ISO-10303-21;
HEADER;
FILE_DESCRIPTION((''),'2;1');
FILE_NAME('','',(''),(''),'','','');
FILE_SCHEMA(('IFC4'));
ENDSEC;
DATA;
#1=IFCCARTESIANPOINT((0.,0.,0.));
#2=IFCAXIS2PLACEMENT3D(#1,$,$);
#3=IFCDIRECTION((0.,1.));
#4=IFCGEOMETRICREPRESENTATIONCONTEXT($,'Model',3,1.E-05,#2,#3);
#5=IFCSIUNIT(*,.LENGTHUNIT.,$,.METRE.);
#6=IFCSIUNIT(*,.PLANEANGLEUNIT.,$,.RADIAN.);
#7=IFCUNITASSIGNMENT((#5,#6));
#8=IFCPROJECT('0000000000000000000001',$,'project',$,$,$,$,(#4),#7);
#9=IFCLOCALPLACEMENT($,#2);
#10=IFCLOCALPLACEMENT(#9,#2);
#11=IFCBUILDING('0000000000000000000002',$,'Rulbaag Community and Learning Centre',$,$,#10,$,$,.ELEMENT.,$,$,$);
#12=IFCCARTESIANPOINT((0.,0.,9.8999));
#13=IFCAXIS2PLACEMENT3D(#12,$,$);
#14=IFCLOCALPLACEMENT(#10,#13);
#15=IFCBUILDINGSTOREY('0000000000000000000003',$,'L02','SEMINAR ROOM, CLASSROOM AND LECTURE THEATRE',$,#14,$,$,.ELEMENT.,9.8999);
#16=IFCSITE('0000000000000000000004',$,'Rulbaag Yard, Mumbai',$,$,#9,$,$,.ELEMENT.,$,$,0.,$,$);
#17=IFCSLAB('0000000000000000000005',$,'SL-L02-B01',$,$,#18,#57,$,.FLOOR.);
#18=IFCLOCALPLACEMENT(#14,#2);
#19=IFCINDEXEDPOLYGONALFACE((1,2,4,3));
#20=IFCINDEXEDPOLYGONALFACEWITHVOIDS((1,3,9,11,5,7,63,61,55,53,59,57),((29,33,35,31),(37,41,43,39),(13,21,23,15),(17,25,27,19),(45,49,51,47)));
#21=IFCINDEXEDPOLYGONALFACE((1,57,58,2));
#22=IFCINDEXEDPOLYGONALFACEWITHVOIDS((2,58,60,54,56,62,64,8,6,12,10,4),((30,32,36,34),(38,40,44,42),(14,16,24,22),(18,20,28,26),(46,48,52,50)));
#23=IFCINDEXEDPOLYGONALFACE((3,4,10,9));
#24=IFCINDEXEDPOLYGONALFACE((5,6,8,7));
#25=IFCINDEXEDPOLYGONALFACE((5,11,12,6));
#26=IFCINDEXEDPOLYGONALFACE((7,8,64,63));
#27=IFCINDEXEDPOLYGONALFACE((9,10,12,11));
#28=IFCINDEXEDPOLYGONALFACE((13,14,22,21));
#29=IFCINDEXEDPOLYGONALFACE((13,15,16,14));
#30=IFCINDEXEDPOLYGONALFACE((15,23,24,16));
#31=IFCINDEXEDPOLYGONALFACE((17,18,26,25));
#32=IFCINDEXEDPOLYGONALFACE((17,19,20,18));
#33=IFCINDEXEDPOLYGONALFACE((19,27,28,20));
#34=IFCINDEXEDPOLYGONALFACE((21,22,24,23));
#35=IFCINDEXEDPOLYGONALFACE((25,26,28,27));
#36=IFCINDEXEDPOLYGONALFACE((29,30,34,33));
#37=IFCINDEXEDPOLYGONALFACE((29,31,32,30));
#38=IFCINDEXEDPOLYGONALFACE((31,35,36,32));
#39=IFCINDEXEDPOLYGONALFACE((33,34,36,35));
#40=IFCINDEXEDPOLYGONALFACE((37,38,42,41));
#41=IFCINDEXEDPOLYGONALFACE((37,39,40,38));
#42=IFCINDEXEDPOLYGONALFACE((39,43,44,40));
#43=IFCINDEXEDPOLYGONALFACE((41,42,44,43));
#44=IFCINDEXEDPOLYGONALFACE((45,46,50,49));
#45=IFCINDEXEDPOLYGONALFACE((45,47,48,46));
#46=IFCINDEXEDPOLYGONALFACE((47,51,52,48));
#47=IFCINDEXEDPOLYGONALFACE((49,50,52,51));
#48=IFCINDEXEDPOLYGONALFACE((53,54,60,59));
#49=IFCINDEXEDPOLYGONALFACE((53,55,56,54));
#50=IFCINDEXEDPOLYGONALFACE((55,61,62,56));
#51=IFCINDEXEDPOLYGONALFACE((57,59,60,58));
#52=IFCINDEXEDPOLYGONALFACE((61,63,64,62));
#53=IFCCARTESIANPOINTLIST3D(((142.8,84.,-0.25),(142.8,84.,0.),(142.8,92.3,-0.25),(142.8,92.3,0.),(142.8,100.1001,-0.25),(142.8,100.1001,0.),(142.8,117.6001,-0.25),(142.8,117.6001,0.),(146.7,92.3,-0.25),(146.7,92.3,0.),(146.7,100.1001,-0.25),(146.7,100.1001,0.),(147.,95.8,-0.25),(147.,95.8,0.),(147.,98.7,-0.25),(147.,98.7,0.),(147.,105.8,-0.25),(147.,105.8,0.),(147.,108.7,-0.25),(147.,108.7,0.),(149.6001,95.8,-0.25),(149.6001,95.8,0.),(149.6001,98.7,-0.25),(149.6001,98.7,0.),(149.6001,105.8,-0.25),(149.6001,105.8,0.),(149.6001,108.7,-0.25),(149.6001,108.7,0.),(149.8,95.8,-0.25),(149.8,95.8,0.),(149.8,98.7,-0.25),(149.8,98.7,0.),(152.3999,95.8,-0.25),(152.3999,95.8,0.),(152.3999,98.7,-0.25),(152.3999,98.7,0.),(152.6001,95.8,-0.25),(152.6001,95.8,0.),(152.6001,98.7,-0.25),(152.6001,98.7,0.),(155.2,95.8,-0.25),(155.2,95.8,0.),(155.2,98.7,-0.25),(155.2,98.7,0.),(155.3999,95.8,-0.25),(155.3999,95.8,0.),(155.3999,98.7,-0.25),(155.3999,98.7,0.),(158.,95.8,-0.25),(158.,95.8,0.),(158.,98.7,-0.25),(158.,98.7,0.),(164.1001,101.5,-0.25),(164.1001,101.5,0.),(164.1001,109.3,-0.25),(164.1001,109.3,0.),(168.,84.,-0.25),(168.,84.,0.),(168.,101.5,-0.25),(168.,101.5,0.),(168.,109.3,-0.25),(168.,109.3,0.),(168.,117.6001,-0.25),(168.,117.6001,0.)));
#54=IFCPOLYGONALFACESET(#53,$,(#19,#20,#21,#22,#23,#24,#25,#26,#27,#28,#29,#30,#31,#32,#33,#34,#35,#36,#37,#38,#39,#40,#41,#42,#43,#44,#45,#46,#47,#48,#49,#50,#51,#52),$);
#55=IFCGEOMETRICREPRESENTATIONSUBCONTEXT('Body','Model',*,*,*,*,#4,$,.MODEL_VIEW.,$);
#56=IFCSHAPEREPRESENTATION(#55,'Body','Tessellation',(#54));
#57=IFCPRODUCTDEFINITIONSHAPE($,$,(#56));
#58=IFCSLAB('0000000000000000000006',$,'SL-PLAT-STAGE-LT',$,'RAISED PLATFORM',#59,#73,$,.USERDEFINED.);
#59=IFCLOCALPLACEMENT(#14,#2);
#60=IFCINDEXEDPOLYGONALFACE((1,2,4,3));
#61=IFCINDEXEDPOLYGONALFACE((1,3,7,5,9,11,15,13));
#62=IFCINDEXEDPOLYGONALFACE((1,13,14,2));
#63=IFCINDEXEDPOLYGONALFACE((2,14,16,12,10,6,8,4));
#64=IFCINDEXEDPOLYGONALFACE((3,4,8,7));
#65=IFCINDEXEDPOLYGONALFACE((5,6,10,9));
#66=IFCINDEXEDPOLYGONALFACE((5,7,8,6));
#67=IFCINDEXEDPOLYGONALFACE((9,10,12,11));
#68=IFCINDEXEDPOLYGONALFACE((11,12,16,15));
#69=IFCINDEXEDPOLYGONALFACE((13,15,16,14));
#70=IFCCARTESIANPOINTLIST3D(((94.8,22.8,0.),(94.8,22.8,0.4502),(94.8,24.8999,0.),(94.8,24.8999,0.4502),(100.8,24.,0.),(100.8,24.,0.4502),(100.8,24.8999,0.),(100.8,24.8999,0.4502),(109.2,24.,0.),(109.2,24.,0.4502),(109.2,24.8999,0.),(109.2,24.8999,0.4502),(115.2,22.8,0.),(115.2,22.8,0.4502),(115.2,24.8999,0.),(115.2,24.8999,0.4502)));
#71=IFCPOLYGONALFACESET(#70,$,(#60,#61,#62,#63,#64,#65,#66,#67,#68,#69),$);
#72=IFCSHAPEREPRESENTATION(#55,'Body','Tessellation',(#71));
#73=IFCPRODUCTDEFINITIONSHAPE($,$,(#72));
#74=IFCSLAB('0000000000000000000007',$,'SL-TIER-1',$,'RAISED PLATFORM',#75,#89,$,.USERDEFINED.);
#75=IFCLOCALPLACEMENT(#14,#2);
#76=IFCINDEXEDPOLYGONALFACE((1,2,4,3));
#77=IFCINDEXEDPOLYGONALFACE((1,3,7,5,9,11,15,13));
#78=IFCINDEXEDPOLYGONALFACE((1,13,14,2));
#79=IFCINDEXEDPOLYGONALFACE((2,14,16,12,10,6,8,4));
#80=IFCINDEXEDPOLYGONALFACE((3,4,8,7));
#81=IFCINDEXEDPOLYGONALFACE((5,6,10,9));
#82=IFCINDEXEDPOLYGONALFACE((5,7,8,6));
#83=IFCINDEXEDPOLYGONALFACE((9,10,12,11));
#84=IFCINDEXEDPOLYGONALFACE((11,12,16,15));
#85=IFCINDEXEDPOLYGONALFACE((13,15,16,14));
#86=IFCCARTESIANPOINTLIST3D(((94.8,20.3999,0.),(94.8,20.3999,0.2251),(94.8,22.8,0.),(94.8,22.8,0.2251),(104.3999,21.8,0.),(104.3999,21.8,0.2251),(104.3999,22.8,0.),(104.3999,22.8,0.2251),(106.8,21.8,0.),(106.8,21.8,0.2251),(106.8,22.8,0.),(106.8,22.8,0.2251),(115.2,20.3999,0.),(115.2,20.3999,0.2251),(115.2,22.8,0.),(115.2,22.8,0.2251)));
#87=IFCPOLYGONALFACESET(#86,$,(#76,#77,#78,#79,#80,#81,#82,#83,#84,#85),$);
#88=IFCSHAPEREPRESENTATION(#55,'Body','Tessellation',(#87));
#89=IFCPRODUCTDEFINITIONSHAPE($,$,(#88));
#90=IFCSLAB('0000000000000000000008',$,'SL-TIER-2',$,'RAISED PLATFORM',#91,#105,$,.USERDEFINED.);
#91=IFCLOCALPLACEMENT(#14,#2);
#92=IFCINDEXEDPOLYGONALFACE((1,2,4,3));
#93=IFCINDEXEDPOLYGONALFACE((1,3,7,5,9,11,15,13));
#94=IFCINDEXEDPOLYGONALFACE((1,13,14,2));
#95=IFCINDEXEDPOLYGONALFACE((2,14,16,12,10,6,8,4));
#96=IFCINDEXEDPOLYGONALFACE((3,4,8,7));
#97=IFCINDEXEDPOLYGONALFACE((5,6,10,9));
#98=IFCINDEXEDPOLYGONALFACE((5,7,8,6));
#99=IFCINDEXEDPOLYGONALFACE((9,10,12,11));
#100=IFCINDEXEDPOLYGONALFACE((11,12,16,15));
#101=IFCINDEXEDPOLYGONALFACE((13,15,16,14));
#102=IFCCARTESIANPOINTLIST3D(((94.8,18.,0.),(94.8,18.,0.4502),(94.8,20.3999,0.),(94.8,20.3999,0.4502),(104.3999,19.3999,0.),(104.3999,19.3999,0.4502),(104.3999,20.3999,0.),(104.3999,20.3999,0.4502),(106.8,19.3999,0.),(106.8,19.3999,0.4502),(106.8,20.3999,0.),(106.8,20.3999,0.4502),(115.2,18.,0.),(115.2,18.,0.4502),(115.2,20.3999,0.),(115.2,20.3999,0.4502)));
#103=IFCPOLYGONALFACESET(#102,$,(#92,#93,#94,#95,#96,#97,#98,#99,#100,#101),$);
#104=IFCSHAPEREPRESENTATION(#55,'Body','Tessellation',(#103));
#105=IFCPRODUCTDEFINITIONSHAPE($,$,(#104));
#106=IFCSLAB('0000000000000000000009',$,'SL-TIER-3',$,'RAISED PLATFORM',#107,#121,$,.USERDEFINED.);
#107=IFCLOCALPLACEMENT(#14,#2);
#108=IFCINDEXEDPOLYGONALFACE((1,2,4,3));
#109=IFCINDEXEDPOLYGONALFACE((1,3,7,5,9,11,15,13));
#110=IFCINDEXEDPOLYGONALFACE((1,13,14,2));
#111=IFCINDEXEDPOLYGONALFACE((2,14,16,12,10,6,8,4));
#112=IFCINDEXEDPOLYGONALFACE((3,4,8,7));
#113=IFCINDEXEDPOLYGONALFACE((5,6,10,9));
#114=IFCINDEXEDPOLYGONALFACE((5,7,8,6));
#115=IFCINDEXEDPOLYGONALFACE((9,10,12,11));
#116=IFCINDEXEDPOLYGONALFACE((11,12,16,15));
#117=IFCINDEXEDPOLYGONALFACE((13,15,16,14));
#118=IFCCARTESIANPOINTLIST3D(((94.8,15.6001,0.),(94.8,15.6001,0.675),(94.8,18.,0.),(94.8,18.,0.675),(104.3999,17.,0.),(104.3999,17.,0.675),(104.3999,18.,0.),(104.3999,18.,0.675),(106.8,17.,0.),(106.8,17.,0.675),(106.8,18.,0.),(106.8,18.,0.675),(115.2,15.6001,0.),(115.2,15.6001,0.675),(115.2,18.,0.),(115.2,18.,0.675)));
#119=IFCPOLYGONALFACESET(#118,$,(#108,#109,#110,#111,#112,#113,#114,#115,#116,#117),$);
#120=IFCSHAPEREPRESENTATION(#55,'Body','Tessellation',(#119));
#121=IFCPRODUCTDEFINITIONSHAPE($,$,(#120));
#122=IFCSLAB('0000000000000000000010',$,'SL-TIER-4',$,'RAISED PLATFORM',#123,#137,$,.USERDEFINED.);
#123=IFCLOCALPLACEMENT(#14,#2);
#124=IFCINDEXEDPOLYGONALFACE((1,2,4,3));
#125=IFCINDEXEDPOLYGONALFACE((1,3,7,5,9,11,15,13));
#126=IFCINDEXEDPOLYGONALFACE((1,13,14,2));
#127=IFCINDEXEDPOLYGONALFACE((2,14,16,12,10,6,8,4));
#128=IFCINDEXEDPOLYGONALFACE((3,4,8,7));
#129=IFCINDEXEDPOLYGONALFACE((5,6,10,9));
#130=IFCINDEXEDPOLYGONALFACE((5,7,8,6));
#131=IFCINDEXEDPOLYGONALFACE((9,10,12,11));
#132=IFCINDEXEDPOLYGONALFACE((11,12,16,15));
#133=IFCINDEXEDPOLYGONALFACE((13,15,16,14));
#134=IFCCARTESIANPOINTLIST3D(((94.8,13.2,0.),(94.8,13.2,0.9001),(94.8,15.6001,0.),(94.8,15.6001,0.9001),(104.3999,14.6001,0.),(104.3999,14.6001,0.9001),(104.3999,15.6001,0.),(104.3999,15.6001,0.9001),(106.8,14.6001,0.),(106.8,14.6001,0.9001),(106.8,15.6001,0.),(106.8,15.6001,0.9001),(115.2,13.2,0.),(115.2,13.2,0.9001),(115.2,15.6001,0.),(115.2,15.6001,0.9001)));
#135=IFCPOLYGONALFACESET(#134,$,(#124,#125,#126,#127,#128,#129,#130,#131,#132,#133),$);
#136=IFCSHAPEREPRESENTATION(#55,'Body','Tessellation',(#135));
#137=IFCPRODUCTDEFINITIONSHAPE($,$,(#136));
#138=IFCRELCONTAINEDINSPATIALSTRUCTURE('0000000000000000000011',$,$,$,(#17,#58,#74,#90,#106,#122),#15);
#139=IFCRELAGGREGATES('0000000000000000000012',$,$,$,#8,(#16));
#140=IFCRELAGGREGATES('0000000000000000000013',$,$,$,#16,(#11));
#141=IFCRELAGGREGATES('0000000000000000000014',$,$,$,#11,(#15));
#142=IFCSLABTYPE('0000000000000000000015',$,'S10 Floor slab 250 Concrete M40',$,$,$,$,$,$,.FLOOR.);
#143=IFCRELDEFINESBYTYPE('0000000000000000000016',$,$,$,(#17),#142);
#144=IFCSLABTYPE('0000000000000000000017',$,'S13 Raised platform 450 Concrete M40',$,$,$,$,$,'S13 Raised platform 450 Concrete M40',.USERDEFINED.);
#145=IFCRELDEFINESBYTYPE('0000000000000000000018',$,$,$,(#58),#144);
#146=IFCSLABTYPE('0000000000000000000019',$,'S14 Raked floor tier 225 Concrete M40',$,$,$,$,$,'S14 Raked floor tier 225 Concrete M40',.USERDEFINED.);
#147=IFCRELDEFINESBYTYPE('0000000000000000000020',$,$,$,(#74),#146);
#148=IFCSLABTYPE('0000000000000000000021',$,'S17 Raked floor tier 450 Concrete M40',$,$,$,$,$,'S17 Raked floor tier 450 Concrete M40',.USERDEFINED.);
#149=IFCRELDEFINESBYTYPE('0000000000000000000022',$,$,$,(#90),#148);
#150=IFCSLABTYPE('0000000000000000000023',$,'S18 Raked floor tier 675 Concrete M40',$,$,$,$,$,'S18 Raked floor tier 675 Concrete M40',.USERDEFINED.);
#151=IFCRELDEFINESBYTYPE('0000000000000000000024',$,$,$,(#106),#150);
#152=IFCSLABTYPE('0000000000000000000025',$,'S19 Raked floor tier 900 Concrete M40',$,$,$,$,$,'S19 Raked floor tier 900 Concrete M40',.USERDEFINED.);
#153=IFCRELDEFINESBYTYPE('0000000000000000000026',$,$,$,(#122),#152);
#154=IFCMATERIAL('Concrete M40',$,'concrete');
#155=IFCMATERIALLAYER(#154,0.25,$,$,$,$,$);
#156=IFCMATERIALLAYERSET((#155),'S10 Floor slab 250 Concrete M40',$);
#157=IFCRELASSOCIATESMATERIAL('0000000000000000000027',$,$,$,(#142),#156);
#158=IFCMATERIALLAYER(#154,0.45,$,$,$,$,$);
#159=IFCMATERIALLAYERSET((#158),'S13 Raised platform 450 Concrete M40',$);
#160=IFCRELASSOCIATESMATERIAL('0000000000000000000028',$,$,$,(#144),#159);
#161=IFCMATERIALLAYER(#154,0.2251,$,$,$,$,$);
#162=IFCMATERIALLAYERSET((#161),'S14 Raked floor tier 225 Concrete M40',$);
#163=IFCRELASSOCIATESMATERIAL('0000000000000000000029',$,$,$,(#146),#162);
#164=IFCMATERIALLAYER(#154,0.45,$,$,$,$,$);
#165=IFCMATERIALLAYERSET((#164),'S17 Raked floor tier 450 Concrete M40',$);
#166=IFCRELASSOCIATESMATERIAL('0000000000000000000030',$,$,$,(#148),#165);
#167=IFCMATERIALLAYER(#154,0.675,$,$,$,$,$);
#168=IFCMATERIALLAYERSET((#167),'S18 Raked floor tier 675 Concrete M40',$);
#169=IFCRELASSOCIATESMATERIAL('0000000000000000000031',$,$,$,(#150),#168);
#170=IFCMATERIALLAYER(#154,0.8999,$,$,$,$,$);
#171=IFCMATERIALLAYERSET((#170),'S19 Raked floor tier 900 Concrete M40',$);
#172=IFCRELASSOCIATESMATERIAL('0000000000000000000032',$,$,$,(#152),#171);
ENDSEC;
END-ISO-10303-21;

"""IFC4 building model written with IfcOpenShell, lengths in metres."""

from ifc_helpers import new_model, si_unit, direction, frame, origin, place, context, subcontext, project, spatial, polyline, outline, extrude, material, layer, layer_set, type_object, element, save


model = new_model("IFC4")

# Units and contexts
model_context = context("Model", 3, precision=1e-05, world=origin(), true_north=direction((0.0, 1.0)))
body_context = subcontext(model_context, "Body", "Model", "MODEL_VIEW")
ifc_project = project(units=[si_unit("LENGTHUNIT", "METRE"), si_unit("PLANEANGLEUNIT", "RADIAN")], contexts=[model_context])

# Site, building, storey
site_placement = place(None, origin())
site = spatial("IfcSite", under=ifc_project, at=site_placement, Name="Rulbaag Yard, Mumbai", CompositionType="ELEMENT", RefElevation=0.0)
building_placement = place(site_placement, origin())
building = spatial("IfcBuilding", under=site, at=building_placement, Name="Rulbaag Community and Learning Centre", CompositionType="ELEMENT")
storey_placement = place(building_placement, frame((0.0, 0.0, 9.8999)))
storey = spatial("IfcBuildingStorey", under=building, at=storey_placement, Name="L02", Description="SEMINAR ROOM, CLASSROOM AND LECTURE THEATRE", CompositionType="ELEMENT", Elevation=9.8999)

# Slabs
ifc_material = material(Name="Concrete M40", Category="concrete")
ifc_layer_1 = layer(ifc_material, 0.25)
ifc_layer_set_1 = layer_set([ifc_layer_1], Name="S10 Floor slab 250 Concrete M40")
slab_type_1 = type_object("IfcSlabType", Name="S10 Floor slab 250 Concrete M40", PredefinedType="FLOOR", material=ifc_layer_set_1)
slab_1_placement = place(storey_placement, frame((0.0, 0.0, -0.25)))
element("IfcSlab", 1, at=slab_1_placement, inside=storey, type_object=slab_type_1, Name="SL-L02-B01", PredefinedType="FLOOR", context=body_context, shape_type="SweptSolid", body=[
    extrude(outline(polyline([(142.8, 84.0), (142.8, 92.3), (146.7, 92.3), (146.7, 100.1001), (142.8, 100.1001), (142.8, 117.6001), (168.0, 117.6001), (168.0, 109.3), (164.1001, 109.3), (164.1001, 101.5), (168.0, 101.5), (168.0, 84.0), (142.8, 84.0)]), holes=[polyline([(149.6001, 98.7), (147.0, 98.7), (147.0, 95.8), (149.6001, 95.8), (149.6001, 98.7)]), polyline([(152.3999, 98.7), (149.8, 98.7), (149.8, 95.8), (152.3999, 95.8), (152.3999, 98.7)]), polyline([(155.2, 98.7), (152.6001, 98.7), (152.6001, 95.8), (155.2, 95.8), (155.2, 98.7)]), polyline([(158.0, 98.7), (155.3999, 98.7), (155.3999, 95.8), (158.0, 95.8), (158.0, 98.7)]), polyline([(149.6001, 108.7), (147.0, 108.7), (147.0, 105.8), (149.6001, 105.8), (149.6001, 108.7)])]), origin(), (0.0, 0.0, 1.0), 0.25),
])
ifc_layer_2 = layer(ifc_material, 0.45)
ifc_layer_set_2 = layer_set([ifc_layer_2], Name="S13 Raised platform 450 Concrete M40")
slab_type_2 = type_object("IfcSlabType", Name="S13 Raised platform 450 Concrete M40", ElementType="S13 Raised platform 450 Concrete M40", PredefinedType="USERDEFINED", material=ifc_layer_set_2)
slab_2_placement = place(storey_placement, origin())
element("IfcSlab", 2, at=slab_2_placement, inside=storey, type_object=slab_type_2, Name="SL-PLAT-STAGE-LT", ObjectType="RAISED PLATFORM", PredefinedType="USERDEFINED", context=body_context, shape_type="SweptSolid", body=[
    extrude(outline(polyline([(94.8, 22.8), (115.2, 22.8), (115.2, 24.8999), (109.2, 24.8999), (109.2, 24.0), (100.8, 24.0), (100.8, 24.8999), (94.8, 24.8999), (94.8, 22.8)])), origin(), (0.0, 0.0, 1.0), 0.4502),
])
ifc_layer_3 = layer(ifc_material, 0.2251)
ifc_layer_set_3 = layer_set([ifc_layer_3], Name="S14 Raked floor tier 225 Concrete M40")
slab_type_3 = type_object("IfcSlabType", Name="S14 Raked floor tier 225 Concrete M40", ElementType="S14 Raked floor tier 225 Concrete M40", PredefinedType="USERDEFINED", material=ifc_layer_set_3)
slab_3_placement = place(storey_placement, origin())
element("IfcSlab", 3, at=slab_3_placement, inside=storey, type_object=slab_type_3, Name="SL-TIER-1", ObjectType="RAISED PLATFORM", PredefinedType="USERDEFINED", context=body_context, shape_type="SweptSolid", body=[
    extrude(outline(polyline([(94.8, 20.3999), (115.2, 20.3999), (115.2, 22.8), (106.8, 22.8), (106.8, 21.8), (104.3999, 21.8), (104.3999, 22.8), (94.8, 22.8), (94.8, 20.3999)])), origin(), (0.0, 0.0, 1.0), 0.2251),
])
ifc_layer_4 = layer(ifc_material, 0.45)
ifc_layer_set_4 = layer_set([ifc_layer_4], Name="S17 Raked floor tier 450 Concrete M40")
slab_type_4 = type_object("IfcSlabType", Name="S17 Raked floor tier 450 Concrete M40", ElementType="S17 Raked floor tier 450 Concrete M40", PredefinedType="USERDEFINED", material=ifc_layer_set_4)
slab_4_placement = place(storey_placement, origin())
element("IfcSlab", 4, at=slab_4_placement, inside=storey, type_object=slab_type_4, Name="SL-TIER-2", ObjectType="RAISED PLATFORM", PredefinedType="USERDEFINED", context=body_context, shape_type="SweptSolid", body=[
    extrude(outline(polyline([(94.8, 18.0), (115.2, 18.0), (115.2, 20.3999), (106.8, 20.3999), (106.8, 19.3999), (104.3999, 19.3999), (104.3999, 20.3999), (94.8, 20.3999), (94.8, 18.0)])), origin(), (0.0, 0.0, 1.0), 0.4502),
])
ifc_layer_5 = layer(ifc_material, 0.675)
ifc_layer_set_5 = layer_set([ifc_layer_5], Name="S18 Raked floor tier 675 Concrete M40")
slab_type_5 = type_object("IfcSlabType", Name="S18 Raked floor tier 675 Concrete M40", ElementType="S18 Raked floor tier 675 Concrete M40", PredefinedType="USERDEFINED", material=ifc_layer_set_5)
slab_5_placement = place(storey_placement, origin())
element("IfcSlab", 5, at=slab_5_placement, inside=storey, type_object=slab_type_5, Name="SL-TIER-3", ObjectType="RAISED PLATFORM", PredefinedType="USERDEFINED", context=body_context, shape_type="SweptSolid", body=[
    extrude(outline(polyline([(94.8, 15.6001), (115.2, 15.6001), (115.2, 18.0), (106.8, 18.0), (106.8, 17.0), (104.3999, 17.0), (104.3999, 18.0), (94.8, 18.0), (94.8, 15.6001)])), origin(), (0.0, 0.0, 1.0), 0.675),
])
ifc_layer_6 = layer(ifc_material, 0.8999)
ifc_layer_set_6 = layer_set([ifc_layer_6], Name="S19 Raked floor tier 900 Concrete M40")
slab_type_6 = type_object("IfcSlabType", Name="S19 Raked floor tier 900 Concrete M40", ElementType="S19 Raked floor tier 900 Concrete M40", PredefinedType="USERDEFINED", material=ifc_layer_set_6)
slab_6_placement = place(storey_placement, origin())
element("IfcSlab", 6, at=slab_6_placement, inside=storey, type_object=slab_type_6, Name="SL-TIER-4", ObjectType="RAISED PLATFORM", PredefinedType="USERDEFINED", context=body_context, shape_type="SweptSolid", body=[
    extrude(outline(polyline([(94.8, 13.2), (115.2, 13.2), (115.2, 15.6001), (106.8, 15.6001), (106.8, 14.6001), (104.3999, 14.6001), (104.3999, 15.6001), (94.8, 15.6001), (94.8, 13.2)])), origin(), (0.0, 0.0, 1.0), 0.9001),
])

save(model, "model.ifc")
